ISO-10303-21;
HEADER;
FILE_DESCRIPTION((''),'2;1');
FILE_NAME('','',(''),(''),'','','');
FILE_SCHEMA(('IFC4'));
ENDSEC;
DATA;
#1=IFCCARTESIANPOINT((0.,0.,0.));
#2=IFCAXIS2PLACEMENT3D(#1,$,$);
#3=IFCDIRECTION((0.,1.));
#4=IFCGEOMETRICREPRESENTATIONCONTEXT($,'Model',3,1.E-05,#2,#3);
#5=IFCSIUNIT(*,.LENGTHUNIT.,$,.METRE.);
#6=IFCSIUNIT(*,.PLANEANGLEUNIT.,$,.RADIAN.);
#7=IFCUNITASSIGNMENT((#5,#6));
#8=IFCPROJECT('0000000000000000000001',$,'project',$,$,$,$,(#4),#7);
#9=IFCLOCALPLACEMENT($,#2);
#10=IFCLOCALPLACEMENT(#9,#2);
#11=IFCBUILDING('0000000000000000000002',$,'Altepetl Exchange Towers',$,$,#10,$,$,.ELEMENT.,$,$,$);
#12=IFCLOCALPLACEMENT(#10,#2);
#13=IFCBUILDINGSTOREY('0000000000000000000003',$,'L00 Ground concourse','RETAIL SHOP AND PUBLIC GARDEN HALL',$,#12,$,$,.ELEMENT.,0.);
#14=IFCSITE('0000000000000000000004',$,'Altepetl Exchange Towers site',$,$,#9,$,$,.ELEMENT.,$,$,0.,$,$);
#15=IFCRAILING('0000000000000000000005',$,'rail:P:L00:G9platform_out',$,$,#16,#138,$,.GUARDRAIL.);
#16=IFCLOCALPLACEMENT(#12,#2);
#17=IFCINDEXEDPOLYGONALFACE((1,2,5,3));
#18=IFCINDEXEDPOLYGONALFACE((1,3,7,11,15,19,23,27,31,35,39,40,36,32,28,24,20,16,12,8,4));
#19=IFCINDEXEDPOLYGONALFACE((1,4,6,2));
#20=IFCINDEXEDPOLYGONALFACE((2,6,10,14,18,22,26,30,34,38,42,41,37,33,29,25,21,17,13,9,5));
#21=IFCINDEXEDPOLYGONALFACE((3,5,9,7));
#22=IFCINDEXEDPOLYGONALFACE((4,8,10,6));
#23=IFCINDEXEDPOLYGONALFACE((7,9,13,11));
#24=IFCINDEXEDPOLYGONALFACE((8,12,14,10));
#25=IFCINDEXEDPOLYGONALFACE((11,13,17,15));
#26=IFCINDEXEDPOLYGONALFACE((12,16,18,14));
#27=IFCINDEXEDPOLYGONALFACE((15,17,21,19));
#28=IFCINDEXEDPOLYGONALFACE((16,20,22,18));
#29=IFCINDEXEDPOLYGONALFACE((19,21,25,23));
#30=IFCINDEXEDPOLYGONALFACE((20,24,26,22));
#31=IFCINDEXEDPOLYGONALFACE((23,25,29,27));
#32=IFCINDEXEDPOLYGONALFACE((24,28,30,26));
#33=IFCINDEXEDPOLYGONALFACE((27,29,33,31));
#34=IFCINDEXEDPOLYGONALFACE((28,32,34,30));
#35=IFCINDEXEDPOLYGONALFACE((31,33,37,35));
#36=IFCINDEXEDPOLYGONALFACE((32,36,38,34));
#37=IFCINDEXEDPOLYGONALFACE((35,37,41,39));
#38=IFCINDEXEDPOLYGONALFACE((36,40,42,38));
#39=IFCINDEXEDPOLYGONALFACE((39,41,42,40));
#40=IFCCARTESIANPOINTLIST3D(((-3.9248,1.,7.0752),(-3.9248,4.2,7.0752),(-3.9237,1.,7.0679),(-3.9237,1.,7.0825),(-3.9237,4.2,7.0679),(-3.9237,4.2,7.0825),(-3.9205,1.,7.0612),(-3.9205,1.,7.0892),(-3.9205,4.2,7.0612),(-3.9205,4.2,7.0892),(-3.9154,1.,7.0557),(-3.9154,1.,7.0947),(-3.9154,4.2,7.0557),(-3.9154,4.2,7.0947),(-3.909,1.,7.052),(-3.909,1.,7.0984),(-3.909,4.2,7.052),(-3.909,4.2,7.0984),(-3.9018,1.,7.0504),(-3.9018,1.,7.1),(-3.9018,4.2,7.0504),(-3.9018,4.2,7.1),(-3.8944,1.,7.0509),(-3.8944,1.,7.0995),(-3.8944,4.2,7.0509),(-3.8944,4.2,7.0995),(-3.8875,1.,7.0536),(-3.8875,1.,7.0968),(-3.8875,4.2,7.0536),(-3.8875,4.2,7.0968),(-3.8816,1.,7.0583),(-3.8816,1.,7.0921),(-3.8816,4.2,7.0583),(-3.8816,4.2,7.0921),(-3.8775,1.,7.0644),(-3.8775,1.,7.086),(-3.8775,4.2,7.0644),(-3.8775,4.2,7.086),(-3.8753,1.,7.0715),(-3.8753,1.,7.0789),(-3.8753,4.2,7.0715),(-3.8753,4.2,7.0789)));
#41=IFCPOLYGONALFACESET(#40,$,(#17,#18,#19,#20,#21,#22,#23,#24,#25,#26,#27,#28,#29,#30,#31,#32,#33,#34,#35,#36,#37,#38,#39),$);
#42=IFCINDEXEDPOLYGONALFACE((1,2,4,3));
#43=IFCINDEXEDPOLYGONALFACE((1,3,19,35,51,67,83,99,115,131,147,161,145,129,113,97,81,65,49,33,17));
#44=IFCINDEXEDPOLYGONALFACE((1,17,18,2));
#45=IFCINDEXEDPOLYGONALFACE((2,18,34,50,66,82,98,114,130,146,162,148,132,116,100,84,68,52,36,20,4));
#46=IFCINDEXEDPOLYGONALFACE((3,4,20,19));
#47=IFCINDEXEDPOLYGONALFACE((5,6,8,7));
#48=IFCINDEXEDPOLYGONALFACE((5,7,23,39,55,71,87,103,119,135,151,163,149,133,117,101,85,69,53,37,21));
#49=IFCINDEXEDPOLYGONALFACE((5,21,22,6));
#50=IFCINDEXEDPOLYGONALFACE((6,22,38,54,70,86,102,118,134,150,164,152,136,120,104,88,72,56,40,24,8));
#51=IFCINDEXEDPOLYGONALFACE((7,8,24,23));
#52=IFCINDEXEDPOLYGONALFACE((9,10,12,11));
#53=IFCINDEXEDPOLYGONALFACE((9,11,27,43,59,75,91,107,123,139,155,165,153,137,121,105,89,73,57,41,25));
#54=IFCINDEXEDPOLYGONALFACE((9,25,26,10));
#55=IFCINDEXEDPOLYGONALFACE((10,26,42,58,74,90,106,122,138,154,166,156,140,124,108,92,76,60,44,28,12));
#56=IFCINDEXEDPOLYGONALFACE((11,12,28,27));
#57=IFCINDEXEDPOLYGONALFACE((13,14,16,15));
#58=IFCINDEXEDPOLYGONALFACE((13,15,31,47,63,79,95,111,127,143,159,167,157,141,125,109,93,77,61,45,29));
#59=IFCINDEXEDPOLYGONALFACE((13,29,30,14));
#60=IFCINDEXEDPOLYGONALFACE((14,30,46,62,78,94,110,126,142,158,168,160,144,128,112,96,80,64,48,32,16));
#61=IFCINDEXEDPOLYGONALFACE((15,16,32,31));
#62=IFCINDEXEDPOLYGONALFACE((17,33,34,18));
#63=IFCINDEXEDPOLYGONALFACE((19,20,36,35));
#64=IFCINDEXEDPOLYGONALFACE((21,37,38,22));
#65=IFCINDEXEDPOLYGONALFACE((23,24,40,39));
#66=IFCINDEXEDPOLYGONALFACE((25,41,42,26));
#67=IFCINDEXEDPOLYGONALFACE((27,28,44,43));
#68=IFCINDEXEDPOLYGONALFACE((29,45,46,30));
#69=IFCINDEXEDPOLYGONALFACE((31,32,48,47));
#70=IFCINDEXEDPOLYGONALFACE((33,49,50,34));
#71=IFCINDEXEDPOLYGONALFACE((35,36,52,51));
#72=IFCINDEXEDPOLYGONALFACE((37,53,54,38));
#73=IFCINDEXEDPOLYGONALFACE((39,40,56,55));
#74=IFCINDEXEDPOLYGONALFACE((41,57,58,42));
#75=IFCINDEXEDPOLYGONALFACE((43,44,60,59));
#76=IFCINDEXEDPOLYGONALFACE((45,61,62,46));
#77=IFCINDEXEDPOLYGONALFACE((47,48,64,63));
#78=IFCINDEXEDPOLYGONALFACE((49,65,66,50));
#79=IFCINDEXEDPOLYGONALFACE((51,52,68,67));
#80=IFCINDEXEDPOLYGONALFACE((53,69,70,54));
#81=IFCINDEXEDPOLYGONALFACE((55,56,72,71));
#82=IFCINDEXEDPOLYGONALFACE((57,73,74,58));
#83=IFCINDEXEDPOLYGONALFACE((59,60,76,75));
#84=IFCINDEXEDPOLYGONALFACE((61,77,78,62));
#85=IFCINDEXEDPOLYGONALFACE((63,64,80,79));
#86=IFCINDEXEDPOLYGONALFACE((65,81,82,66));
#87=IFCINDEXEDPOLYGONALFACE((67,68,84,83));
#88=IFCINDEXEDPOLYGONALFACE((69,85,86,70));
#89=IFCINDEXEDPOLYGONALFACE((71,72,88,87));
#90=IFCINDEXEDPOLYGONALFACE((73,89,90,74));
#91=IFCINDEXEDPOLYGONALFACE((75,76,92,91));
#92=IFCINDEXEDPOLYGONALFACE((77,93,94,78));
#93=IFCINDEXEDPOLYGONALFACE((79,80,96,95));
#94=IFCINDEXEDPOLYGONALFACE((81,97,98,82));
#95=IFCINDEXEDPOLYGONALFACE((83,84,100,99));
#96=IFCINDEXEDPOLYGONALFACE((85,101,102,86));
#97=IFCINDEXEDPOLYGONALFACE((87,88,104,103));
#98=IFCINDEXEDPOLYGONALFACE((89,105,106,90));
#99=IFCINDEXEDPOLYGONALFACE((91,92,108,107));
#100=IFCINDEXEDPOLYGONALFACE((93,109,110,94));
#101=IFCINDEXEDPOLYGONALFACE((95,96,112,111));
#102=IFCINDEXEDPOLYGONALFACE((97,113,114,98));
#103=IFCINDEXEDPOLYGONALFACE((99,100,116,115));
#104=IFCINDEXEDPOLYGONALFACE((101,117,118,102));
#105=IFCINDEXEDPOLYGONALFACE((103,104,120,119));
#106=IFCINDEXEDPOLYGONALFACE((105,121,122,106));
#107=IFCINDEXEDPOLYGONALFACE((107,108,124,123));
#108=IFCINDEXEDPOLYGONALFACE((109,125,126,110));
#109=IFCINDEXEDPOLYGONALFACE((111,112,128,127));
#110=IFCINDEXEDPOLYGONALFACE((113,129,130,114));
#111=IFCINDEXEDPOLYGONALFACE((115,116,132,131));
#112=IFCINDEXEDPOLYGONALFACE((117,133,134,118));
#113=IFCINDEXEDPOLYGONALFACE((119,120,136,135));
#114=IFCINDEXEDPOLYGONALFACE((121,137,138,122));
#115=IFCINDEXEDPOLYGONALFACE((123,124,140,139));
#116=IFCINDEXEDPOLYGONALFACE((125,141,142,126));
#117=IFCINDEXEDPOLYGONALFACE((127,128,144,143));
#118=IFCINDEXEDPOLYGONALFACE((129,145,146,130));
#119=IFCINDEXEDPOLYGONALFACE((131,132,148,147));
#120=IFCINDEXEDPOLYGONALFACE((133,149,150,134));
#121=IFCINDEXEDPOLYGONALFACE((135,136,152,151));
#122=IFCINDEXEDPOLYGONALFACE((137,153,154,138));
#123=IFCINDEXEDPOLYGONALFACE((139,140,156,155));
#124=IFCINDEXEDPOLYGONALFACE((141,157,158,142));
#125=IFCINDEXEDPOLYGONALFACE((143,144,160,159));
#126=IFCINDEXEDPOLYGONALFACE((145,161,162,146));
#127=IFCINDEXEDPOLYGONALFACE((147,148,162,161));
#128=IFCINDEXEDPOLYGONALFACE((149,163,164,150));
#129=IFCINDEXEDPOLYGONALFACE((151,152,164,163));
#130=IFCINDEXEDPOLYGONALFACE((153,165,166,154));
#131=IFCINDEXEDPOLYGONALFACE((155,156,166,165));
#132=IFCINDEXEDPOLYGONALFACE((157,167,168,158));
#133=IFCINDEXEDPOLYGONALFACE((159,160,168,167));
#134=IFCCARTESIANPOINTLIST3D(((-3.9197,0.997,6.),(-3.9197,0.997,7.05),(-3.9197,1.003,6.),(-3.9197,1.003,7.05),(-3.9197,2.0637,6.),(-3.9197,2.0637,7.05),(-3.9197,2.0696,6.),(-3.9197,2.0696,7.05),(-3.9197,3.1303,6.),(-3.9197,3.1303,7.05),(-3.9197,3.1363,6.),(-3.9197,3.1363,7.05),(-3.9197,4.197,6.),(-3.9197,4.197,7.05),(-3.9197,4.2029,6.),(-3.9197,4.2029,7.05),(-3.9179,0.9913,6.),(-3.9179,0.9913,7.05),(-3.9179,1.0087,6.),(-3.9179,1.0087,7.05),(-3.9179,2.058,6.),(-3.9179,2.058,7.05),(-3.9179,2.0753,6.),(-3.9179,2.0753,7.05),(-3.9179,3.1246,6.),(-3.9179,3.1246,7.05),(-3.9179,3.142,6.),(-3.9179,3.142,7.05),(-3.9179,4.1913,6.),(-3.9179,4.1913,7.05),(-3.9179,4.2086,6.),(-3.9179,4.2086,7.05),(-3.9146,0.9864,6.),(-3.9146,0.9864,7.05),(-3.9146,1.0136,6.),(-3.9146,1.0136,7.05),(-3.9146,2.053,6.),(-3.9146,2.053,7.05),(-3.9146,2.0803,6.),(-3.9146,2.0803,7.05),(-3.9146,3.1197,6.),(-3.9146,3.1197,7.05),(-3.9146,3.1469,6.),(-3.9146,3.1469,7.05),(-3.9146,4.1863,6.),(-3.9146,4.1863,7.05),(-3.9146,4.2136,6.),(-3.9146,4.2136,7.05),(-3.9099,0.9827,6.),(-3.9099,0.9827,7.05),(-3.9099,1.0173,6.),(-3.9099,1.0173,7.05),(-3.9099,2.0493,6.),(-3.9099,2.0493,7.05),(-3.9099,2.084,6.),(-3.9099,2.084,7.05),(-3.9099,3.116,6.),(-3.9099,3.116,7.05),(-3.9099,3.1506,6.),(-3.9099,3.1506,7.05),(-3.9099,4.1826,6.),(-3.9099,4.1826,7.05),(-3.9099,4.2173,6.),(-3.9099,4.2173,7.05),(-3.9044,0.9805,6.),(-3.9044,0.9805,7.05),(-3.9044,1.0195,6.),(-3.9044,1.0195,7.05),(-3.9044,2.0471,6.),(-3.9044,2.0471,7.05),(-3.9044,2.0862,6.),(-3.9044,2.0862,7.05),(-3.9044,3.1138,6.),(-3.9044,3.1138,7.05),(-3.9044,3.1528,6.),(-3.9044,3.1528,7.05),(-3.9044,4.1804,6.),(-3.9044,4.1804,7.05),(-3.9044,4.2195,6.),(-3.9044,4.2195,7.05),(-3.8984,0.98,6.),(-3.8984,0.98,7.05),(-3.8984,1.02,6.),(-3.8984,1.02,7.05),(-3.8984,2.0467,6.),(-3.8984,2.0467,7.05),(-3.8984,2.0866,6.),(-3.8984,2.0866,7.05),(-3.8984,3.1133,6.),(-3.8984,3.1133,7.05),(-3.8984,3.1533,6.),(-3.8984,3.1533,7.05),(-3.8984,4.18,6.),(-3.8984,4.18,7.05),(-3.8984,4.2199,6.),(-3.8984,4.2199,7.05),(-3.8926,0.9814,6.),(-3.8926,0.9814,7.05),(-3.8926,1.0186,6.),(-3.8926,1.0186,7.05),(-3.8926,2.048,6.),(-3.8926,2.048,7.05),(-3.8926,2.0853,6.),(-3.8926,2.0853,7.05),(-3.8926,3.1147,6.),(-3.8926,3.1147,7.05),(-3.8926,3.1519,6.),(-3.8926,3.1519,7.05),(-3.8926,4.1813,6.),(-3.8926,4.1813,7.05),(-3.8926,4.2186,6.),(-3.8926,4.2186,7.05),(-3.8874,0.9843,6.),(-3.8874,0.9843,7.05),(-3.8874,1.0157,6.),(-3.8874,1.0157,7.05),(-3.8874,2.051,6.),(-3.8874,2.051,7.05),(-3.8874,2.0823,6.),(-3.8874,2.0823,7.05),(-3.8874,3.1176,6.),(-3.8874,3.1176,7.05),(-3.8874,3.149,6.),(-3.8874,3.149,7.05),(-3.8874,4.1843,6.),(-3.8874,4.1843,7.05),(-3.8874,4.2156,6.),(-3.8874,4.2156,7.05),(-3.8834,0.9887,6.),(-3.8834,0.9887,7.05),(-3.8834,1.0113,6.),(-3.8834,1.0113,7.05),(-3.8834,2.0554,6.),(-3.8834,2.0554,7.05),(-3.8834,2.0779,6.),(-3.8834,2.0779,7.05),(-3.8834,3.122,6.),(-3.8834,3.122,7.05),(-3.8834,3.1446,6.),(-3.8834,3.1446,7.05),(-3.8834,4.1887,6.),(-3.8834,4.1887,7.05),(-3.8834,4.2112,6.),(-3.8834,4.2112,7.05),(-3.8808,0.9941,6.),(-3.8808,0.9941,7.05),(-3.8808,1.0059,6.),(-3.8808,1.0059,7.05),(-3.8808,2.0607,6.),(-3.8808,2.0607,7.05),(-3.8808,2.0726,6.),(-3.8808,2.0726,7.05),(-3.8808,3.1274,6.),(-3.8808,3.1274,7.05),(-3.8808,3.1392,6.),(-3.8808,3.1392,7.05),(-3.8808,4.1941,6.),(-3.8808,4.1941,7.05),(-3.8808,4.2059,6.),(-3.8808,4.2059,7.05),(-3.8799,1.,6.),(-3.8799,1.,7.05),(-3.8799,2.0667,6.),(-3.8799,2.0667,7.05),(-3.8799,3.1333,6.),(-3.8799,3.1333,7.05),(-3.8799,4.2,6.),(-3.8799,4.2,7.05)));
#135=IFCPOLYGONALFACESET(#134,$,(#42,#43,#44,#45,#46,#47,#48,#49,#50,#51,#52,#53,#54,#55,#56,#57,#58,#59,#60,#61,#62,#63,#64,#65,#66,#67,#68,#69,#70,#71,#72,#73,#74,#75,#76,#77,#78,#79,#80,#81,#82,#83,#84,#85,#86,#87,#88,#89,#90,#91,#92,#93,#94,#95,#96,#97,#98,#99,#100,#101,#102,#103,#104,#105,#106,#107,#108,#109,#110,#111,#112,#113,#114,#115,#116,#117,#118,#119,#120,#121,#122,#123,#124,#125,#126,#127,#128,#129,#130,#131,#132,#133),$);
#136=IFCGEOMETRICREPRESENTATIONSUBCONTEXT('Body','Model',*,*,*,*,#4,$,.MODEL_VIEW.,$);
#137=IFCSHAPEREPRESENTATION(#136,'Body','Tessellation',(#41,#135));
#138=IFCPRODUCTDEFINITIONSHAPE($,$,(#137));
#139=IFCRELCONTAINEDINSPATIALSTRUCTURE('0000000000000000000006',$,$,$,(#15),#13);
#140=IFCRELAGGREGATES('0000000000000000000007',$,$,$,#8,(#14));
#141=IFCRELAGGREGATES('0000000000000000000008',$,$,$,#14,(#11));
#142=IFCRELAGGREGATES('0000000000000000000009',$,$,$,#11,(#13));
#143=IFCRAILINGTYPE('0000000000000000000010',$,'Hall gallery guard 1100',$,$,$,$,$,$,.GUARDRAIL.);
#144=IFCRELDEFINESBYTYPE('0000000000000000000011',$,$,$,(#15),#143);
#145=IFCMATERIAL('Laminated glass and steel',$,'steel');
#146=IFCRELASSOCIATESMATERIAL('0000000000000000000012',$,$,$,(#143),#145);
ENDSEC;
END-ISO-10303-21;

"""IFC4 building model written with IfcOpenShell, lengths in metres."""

from ifc_helpers import new_model, si_unit, direction, frame, origin, origin_2d, place, context, subcontext, project, spatial, circle, extrude, source, transform, mapped, material, type_object, element, save


model = new_model("IFC4")

# Units and contexts
model_context = context("Model", 3, precision=1e-05, world=origin(), true_north=direction((0.0, 1.0)))
body_context = subcontext(model_context, "Body", "Model", "MODEL_VIEW")
ifc_project = project(units=[si_unit("LENGTHUNIT", "METRE"), si_unit("PLANEANGLEUNIT", "RADIAN")], contexts=[model_context])

# Site, building, storey
site_placement = place(None, origin())
site = spatial("IfcSite", under=ifc_project, at=site_placement, Name="Altepetl Exchange Towers site", CompositionType="ELEMENT", RefElevation=0.0)
building_placement = place(site_placement, origin())
building = spatial("IfcBuilding", under=site, at=building_placement, Name="Altepetl Exchange Towers", CompositionType="ELEMENT")
storey_placement = place(building_placement, origin())
storey = spatial("IfcBuildingStorey", under=building, at=storey_placement, Name="L00 Ground concourse", Description="RETAIL SHOP AND PUBLIC GARDEN HALL", CompositionType="ELEMENT", Elevation=0.0)

# Railing
ifc_material_1 = material(Name="Laminated glass and steel", Category="steel")
railing_type = type_object("IfcRailingType", Name="Hall gallery guard 1100", PredefinedType="GUARDRAIL", material=ifc_material_1)
shared_shape = source(origin(), body_context, "Body", "SweptSolid", [
    extrude(circle(Radius=0.02, at=origin_2d()), origin(), (0.0, 0.0, 1.0), 1.05),
])
railing_1_placement = place(storey_placement, frame((-3.8999, 1.0, 6.0)))
element("IfcRailing", 1, at=railing_1_placement, inside=storey, type_object=railing_type, Name="rail:P:L00:G9platform_out", PredefinedType="GUARDRAIL", context=body_context, shape_type="SweptSolid", body=[
    extrude(circle(Radius=0.0249, at=origin_2d()), frame((0.0, 0.0, 1.0752), z_axis=(0.0, 1.0, 0.0), x_axis=(-1.0, 0.0, 0.0)), (0.0, 0.0, 1.0), 3.2),
    mapped(shared_shape, transform((0.0, 0.0, 0.0))),
    mapped(shared_shape, transform((0.0, 1.0667, 0.0))),
    mapped(shared_shape, transform((0.0, 2.1333, 0.0))),
    mapped(shared_shape, transform((0.0, 3.2, 0.0))),
])

save(model, "model.ifc")
